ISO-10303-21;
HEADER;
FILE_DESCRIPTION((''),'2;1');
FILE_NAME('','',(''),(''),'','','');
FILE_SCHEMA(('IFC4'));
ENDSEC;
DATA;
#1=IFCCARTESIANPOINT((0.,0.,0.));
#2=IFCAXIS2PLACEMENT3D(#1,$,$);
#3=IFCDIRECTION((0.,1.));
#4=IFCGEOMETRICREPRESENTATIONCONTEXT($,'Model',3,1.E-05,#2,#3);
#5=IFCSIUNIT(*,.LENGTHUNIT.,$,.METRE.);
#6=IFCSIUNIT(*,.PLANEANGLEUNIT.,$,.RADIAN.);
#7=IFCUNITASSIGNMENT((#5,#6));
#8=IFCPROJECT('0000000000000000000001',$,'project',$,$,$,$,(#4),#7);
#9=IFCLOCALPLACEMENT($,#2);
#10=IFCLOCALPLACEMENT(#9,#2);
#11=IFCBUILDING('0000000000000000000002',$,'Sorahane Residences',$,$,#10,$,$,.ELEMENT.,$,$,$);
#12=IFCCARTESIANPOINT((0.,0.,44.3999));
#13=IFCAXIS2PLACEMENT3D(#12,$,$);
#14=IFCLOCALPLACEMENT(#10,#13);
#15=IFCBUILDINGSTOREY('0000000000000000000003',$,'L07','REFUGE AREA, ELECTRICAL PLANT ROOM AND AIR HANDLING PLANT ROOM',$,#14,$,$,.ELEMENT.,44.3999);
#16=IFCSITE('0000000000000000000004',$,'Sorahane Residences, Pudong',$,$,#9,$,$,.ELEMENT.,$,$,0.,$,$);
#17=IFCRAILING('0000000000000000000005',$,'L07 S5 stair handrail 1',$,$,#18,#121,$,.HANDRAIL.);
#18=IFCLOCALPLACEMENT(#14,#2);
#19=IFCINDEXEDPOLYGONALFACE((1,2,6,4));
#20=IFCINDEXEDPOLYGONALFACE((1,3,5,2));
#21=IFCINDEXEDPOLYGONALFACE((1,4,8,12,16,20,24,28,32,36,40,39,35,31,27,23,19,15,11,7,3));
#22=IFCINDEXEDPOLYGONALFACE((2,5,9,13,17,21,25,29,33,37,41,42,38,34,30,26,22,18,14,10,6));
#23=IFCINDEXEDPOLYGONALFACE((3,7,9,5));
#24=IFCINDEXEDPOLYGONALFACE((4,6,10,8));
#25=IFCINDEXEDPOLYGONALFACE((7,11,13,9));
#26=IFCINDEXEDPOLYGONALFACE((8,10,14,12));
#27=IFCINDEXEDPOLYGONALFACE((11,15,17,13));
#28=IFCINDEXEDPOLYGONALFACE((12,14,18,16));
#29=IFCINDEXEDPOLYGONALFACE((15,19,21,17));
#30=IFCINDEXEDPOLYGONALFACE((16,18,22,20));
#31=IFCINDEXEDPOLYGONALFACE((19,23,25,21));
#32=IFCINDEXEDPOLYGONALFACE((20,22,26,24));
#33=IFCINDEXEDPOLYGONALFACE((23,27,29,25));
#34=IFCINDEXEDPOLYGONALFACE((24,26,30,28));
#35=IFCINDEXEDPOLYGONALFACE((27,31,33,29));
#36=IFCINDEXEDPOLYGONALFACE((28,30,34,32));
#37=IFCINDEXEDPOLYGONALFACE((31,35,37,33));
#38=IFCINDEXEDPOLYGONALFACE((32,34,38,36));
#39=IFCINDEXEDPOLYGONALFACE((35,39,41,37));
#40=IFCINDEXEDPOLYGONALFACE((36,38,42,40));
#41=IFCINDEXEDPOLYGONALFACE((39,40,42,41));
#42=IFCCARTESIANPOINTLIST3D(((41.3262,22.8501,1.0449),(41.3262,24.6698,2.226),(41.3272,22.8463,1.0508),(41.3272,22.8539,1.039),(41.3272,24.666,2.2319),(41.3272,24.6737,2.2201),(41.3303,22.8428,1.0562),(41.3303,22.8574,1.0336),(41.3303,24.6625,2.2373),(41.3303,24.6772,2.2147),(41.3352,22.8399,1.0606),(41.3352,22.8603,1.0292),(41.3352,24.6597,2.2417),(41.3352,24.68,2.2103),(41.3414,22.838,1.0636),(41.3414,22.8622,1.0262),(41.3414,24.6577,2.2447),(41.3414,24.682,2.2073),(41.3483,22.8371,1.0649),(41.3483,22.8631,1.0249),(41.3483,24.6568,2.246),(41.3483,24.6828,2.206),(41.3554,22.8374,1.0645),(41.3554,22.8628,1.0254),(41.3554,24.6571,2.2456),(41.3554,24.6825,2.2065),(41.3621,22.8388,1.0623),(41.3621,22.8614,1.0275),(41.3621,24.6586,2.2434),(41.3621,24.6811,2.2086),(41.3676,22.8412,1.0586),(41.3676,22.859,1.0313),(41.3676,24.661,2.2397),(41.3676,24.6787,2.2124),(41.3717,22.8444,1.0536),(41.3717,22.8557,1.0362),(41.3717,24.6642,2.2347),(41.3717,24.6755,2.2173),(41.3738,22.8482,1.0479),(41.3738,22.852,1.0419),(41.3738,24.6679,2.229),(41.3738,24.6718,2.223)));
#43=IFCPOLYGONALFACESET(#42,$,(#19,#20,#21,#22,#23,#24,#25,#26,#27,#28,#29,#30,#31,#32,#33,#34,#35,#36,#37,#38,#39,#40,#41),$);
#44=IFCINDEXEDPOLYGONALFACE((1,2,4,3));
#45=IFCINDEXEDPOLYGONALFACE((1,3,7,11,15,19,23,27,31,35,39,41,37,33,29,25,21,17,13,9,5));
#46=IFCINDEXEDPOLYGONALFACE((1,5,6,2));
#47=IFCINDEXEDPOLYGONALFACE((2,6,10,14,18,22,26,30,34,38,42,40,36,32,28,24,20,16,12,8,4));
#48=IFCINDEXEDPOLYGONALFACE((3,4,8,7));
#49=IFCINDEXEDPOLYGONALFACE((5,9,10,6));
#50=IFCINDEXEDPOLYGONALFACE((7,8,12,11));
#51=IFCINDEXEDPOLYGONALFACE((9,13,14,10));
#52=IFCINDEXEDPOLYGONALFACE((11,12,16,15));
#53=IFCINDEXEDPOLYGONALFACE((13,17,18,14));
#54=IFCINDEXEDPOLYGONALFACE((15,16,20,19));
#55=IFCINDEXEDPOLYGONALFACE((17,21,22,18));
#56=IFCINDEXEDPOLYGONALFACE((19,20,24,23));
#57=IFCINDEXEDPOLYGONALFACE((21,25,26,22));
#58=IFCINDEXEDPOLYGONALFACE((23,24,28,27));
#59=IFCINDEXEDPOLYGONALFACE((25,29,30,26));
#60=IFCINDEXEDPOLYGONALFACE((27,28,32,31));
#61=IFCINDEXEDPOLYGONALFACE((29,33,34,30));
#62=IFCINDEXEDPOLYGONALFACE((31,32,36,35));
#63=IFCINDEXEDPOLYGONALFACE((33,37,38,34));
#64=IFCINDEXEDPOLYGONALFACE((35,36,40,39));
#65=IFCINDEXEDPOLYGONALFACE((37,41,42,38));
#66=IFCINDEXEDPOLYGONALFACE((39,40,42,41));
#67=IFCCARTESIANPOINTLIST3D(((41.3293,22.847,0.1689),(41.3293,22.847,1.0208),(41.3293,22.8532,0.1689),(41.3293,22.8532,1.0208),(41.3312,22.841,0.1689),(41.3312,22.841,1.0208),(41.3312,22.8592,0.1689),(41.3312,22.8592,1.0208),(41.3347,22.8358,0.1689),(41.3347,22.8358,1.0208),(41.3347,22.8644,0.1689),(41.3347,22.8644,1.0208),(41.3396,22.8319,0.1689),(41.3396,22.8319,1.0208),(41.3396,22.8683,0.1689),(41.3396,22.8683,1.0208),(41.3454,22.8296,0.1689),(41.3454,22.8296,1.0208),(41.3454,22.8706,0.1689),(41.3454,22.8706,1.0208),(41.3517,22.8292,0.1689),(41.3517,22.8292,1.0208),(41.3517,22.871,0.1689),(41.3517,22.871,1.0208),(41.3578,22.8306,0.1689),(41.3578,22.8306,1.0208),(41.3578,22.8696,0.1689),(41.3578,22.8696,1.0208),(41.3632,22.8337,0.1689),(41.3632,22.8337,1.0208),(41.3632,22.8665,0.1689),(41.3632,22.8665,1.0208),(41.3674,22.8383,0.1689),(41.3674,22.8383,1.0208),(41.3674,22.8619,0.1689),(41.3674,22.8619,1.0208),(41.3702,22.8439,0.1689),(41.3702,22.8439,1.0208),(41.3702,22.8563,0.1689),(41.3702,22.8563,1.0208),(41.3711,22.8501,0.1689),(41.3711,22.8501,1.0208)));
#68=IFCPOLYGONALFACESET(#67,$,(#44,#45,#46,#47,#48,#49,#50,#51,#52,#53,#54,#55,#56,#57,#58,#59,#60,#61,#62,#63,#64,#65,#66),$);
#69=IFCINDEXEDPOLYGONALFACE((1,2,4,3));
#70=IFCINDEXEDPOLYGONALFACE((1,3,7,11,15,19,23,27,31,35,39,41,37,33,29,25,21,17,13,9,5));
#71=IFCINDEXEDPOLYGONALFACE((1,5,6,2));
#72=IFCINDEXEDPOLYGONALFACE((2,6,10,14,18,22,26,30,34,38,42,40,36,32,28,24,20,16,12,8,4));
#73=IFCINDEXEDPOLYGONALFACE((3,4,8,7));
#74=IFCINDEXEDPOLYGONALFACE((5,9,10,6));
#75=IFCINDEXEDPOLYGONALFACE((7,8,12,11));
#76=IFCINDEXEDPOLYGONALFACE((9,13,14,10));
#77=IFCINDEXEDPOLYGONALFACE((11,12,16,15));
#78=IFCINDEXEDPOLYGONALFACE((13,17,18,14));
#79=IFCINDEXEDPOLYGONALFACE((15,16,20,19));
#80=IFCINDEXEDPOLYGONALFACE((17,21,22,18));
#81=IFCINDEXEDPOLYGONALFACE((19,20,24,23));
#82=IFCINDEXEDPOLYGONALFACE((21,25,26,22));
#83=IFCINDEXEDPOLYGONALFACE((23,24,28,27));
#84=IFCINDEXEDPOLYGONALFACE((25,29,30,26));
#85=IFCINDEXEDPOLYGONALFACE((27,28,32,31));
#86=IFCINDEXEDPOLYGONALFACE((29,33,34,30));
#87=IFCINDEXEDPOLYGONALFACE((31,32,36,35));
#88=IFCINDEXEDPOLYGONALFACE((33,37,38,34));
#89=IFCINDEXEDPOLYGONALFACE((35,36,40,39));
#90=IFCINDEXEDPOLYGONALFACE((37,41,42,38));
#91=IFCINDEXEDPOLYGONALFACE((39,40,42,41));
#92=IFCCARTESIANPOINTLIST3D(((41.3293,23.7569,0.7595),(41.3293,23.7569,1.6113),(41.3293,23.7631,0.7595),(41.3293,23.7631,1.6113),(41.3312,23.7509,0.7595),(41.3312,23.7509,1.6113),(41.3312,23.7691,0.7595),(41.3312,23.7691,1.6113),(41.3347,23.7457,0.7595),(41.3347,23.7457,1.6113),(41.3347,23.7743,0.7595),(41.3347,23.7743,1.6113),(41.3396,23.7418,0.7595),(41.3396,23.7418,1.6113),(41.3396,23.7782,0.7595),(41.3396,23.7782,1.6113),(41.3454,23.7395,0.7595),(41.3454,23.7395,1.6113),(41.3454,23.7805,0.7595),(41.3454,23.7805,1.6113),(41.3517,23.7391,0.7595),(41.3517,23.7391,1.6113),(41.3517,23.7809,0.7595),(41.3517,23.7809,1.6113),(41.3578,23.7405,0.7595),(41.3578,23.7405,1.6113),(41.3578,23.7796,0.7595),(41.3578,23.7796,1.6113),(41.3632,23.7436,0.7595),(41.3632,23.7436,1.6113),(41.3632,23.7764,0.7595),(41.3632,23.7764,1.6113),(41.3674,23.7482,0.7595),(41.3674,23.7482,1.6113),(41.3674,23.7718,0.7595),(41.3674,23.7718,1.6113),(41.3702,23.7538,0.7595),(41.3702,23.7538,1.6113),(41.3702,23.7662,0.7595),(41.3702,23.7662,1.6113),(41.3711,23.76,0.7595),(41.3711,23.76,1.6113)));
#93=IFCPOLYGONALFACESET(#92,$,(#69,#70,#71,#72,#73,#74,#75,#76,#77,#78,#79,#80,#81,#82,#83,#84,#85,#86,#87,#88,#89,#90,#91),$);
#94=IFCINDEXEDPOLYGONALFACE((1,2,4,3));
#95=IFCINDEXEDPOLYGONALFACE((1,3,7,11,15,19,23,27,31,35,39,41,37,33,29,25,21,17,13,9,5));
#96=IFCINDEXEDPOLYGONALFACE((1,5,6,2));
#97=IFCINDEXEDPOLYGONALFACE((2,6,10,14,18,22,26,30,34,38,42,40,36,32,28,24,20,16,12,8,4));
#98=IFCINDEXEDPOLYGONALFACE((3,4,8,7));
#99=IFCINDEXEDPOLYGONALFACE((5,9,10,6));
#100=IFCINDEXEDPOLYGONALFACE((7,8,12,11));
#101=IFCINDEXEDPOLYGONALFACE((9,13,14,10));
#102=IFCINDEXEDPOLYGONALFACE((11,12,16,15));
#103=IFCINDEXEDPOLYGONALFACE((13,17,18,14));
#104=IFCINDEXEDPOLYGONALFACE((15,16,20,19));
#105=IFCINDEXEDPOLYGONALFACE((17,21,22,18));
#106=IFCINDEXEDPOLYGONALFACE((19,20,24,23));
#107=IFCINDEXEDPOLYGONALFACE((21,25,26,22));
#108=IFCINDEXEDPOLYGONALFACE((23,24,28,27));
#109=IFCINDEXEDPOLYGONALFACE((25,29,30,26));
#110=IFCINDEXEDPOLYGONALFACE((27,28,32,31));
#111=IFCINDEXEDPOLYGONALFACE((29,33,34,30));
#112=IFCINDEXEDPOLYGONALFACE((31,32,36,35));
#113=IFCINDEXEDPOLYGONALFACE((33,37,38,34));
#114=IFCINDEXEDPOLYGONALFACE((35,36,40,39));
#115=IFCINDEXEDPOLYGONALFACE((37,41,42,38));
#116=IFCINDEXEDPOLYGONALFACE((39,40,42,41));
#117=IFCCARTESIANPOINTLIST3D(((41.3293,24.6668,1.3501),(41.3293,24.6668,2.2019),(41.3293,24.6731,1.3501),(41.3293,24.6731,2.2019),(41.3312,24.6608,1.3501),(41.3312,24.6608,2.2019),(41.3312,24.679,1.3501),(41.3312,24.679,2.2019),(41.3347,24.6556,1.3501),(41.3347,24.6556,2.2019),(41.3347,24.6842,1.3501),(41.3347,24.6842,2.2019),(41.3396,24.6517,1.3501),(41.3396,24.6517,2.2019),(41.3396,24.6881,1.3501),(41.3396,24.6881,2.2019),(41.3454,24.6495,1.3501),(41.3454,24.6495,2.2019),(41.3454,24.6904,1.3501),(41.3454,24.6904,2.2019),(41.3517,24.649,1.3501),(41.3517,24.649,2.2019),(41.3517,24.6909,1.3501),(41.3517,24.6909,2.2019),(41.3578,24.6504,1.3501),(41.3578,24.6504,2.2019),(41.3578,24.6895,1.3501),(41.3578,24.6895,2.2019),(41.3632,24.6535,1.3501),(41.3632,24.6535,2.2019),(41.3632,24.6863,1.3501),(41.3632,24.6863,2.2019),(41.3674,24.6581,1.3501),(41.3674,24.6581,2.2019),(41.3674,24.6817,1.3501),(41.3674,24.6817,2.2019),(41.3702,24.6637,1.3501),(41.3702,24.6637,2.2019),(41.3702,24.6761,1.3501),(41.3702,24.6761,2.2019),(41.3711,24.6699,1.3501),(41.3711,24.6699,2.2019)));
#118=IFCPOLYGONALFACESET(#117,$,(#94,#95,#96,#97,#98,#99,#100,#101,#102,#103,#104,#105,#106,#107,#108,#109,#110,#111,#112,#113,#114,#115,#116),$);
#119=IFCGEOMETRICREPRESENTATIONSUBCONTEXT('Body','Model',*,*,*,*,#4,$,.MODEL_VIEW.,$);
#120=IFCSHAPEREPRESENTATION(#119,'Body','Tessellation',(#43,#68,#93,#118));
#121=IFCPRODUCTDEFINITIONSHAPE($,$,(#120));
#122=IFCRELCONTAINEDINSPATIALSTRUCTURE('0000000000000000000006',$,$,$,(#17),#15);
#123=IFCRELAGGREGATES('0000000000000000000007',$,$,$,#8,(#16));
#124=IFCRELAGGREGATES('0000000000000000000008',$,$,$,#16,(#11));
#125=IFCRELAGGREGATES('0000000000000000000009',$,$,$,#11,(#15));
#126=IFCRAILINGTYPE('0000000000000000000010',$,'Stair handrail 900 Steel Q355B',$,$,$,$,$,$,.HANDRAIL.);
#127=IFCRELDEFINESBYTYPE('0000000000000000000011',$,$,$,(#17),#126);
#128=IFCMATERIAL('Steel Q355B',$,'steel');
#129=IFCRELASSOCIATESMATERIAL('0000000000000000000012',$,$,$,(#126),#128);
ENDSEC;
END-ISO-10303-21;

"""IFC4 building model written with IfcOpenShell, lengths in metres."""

from ifc_helpers import new_model, si_unit, direction, frame, origin, origin_2d, place, context, subcontext, project, spatial, circle, extrude, material, type_object, element, save


model = new_model("IFC4")

# Units and contexts
model_context = context("Model", 3, precision=1e-05, world=origin(), true_north=direction((0.0, 1.0)))
body_context = subcontext(model_context, "Body", "Model", "MODEL_VIEW")
ifc_project = project(units=[si_unit("LENGTHUNIT", "METRE"), si_unit("PLANEANGLEUNIT", "RADIAN")], contexts=[model_context])

# Site, building, storey
site_placement = place(None, origin())
site = spatial("IfcSite", under=ifc_project, at=site_placement, Name="Sorahane Residences, Pudong", CompositionType="ELEMENT", RefElevation=0.0)
building_placement = place(site_placement, origin())
building = spatial("IfcBuilding", under=site, at=building_placement, Name="Sorahane Residences", CompositionType="ELEMENT")
storey_placement = place(building_placement, frame((0.0, 0.0, 44.3999)))
storey = spatial("IfcBuildingStorey", under=building, at=storey_placement, Name="L07", Description="REFUGE AREA, ELECTRICAL PLANT ROOM AND AIR HANDLING PLANT ROOM", CompositionType="ELEMENT", Elevation=44.3999)

# Railing
ifc_material_1 = material(Name="Steel Q355B", Category="steel")
railing_type_1 = type_object("IfcRailingType", Name="Stair handrail 900 Steel Q355B", PredefinedType="HANDRAIL", material=ifc_material_1)
railing_1_placement = place(storey_placement, frame((41.3501, 22.8501, 0.1689)))
element("IfcRailing", 1, at=railing_1_placement, inside=storey, type_object=railing_type_1, Name="L07 S5 stair handrail 1", PredefinedType="HANDRAIL", context=body_context, shape_type="SweptSolid", body=[
    extrude(circle(Radius=0.0239, at=origin_2d()), frame((0.0, 0.0, 0.876), z_axis=(0.0, 0.838809, 0.544427), x_axis=(-1.0, 0.0, 0.0)), (0.0, 0.0, 1.0), 2.1694),
    extrude(circle(Radius=0.021, at=origin_2d()), origin(), (0.0, 0.0, 1.0), 0.8518),
    extrude(circle(Radius=0.021, at=origin_2d()), frame((0.0, 0.9099, 0.5906)), (0.0, 0.0, 1.0), 0.8518),
    extrude(circle(Radius=0.021, at=origin_2d()), frame((0.0, 1.8198, 1.1812)), (0.0, 0.0, 1.0), 0.8518),
])

save(model, "model.ifc")
